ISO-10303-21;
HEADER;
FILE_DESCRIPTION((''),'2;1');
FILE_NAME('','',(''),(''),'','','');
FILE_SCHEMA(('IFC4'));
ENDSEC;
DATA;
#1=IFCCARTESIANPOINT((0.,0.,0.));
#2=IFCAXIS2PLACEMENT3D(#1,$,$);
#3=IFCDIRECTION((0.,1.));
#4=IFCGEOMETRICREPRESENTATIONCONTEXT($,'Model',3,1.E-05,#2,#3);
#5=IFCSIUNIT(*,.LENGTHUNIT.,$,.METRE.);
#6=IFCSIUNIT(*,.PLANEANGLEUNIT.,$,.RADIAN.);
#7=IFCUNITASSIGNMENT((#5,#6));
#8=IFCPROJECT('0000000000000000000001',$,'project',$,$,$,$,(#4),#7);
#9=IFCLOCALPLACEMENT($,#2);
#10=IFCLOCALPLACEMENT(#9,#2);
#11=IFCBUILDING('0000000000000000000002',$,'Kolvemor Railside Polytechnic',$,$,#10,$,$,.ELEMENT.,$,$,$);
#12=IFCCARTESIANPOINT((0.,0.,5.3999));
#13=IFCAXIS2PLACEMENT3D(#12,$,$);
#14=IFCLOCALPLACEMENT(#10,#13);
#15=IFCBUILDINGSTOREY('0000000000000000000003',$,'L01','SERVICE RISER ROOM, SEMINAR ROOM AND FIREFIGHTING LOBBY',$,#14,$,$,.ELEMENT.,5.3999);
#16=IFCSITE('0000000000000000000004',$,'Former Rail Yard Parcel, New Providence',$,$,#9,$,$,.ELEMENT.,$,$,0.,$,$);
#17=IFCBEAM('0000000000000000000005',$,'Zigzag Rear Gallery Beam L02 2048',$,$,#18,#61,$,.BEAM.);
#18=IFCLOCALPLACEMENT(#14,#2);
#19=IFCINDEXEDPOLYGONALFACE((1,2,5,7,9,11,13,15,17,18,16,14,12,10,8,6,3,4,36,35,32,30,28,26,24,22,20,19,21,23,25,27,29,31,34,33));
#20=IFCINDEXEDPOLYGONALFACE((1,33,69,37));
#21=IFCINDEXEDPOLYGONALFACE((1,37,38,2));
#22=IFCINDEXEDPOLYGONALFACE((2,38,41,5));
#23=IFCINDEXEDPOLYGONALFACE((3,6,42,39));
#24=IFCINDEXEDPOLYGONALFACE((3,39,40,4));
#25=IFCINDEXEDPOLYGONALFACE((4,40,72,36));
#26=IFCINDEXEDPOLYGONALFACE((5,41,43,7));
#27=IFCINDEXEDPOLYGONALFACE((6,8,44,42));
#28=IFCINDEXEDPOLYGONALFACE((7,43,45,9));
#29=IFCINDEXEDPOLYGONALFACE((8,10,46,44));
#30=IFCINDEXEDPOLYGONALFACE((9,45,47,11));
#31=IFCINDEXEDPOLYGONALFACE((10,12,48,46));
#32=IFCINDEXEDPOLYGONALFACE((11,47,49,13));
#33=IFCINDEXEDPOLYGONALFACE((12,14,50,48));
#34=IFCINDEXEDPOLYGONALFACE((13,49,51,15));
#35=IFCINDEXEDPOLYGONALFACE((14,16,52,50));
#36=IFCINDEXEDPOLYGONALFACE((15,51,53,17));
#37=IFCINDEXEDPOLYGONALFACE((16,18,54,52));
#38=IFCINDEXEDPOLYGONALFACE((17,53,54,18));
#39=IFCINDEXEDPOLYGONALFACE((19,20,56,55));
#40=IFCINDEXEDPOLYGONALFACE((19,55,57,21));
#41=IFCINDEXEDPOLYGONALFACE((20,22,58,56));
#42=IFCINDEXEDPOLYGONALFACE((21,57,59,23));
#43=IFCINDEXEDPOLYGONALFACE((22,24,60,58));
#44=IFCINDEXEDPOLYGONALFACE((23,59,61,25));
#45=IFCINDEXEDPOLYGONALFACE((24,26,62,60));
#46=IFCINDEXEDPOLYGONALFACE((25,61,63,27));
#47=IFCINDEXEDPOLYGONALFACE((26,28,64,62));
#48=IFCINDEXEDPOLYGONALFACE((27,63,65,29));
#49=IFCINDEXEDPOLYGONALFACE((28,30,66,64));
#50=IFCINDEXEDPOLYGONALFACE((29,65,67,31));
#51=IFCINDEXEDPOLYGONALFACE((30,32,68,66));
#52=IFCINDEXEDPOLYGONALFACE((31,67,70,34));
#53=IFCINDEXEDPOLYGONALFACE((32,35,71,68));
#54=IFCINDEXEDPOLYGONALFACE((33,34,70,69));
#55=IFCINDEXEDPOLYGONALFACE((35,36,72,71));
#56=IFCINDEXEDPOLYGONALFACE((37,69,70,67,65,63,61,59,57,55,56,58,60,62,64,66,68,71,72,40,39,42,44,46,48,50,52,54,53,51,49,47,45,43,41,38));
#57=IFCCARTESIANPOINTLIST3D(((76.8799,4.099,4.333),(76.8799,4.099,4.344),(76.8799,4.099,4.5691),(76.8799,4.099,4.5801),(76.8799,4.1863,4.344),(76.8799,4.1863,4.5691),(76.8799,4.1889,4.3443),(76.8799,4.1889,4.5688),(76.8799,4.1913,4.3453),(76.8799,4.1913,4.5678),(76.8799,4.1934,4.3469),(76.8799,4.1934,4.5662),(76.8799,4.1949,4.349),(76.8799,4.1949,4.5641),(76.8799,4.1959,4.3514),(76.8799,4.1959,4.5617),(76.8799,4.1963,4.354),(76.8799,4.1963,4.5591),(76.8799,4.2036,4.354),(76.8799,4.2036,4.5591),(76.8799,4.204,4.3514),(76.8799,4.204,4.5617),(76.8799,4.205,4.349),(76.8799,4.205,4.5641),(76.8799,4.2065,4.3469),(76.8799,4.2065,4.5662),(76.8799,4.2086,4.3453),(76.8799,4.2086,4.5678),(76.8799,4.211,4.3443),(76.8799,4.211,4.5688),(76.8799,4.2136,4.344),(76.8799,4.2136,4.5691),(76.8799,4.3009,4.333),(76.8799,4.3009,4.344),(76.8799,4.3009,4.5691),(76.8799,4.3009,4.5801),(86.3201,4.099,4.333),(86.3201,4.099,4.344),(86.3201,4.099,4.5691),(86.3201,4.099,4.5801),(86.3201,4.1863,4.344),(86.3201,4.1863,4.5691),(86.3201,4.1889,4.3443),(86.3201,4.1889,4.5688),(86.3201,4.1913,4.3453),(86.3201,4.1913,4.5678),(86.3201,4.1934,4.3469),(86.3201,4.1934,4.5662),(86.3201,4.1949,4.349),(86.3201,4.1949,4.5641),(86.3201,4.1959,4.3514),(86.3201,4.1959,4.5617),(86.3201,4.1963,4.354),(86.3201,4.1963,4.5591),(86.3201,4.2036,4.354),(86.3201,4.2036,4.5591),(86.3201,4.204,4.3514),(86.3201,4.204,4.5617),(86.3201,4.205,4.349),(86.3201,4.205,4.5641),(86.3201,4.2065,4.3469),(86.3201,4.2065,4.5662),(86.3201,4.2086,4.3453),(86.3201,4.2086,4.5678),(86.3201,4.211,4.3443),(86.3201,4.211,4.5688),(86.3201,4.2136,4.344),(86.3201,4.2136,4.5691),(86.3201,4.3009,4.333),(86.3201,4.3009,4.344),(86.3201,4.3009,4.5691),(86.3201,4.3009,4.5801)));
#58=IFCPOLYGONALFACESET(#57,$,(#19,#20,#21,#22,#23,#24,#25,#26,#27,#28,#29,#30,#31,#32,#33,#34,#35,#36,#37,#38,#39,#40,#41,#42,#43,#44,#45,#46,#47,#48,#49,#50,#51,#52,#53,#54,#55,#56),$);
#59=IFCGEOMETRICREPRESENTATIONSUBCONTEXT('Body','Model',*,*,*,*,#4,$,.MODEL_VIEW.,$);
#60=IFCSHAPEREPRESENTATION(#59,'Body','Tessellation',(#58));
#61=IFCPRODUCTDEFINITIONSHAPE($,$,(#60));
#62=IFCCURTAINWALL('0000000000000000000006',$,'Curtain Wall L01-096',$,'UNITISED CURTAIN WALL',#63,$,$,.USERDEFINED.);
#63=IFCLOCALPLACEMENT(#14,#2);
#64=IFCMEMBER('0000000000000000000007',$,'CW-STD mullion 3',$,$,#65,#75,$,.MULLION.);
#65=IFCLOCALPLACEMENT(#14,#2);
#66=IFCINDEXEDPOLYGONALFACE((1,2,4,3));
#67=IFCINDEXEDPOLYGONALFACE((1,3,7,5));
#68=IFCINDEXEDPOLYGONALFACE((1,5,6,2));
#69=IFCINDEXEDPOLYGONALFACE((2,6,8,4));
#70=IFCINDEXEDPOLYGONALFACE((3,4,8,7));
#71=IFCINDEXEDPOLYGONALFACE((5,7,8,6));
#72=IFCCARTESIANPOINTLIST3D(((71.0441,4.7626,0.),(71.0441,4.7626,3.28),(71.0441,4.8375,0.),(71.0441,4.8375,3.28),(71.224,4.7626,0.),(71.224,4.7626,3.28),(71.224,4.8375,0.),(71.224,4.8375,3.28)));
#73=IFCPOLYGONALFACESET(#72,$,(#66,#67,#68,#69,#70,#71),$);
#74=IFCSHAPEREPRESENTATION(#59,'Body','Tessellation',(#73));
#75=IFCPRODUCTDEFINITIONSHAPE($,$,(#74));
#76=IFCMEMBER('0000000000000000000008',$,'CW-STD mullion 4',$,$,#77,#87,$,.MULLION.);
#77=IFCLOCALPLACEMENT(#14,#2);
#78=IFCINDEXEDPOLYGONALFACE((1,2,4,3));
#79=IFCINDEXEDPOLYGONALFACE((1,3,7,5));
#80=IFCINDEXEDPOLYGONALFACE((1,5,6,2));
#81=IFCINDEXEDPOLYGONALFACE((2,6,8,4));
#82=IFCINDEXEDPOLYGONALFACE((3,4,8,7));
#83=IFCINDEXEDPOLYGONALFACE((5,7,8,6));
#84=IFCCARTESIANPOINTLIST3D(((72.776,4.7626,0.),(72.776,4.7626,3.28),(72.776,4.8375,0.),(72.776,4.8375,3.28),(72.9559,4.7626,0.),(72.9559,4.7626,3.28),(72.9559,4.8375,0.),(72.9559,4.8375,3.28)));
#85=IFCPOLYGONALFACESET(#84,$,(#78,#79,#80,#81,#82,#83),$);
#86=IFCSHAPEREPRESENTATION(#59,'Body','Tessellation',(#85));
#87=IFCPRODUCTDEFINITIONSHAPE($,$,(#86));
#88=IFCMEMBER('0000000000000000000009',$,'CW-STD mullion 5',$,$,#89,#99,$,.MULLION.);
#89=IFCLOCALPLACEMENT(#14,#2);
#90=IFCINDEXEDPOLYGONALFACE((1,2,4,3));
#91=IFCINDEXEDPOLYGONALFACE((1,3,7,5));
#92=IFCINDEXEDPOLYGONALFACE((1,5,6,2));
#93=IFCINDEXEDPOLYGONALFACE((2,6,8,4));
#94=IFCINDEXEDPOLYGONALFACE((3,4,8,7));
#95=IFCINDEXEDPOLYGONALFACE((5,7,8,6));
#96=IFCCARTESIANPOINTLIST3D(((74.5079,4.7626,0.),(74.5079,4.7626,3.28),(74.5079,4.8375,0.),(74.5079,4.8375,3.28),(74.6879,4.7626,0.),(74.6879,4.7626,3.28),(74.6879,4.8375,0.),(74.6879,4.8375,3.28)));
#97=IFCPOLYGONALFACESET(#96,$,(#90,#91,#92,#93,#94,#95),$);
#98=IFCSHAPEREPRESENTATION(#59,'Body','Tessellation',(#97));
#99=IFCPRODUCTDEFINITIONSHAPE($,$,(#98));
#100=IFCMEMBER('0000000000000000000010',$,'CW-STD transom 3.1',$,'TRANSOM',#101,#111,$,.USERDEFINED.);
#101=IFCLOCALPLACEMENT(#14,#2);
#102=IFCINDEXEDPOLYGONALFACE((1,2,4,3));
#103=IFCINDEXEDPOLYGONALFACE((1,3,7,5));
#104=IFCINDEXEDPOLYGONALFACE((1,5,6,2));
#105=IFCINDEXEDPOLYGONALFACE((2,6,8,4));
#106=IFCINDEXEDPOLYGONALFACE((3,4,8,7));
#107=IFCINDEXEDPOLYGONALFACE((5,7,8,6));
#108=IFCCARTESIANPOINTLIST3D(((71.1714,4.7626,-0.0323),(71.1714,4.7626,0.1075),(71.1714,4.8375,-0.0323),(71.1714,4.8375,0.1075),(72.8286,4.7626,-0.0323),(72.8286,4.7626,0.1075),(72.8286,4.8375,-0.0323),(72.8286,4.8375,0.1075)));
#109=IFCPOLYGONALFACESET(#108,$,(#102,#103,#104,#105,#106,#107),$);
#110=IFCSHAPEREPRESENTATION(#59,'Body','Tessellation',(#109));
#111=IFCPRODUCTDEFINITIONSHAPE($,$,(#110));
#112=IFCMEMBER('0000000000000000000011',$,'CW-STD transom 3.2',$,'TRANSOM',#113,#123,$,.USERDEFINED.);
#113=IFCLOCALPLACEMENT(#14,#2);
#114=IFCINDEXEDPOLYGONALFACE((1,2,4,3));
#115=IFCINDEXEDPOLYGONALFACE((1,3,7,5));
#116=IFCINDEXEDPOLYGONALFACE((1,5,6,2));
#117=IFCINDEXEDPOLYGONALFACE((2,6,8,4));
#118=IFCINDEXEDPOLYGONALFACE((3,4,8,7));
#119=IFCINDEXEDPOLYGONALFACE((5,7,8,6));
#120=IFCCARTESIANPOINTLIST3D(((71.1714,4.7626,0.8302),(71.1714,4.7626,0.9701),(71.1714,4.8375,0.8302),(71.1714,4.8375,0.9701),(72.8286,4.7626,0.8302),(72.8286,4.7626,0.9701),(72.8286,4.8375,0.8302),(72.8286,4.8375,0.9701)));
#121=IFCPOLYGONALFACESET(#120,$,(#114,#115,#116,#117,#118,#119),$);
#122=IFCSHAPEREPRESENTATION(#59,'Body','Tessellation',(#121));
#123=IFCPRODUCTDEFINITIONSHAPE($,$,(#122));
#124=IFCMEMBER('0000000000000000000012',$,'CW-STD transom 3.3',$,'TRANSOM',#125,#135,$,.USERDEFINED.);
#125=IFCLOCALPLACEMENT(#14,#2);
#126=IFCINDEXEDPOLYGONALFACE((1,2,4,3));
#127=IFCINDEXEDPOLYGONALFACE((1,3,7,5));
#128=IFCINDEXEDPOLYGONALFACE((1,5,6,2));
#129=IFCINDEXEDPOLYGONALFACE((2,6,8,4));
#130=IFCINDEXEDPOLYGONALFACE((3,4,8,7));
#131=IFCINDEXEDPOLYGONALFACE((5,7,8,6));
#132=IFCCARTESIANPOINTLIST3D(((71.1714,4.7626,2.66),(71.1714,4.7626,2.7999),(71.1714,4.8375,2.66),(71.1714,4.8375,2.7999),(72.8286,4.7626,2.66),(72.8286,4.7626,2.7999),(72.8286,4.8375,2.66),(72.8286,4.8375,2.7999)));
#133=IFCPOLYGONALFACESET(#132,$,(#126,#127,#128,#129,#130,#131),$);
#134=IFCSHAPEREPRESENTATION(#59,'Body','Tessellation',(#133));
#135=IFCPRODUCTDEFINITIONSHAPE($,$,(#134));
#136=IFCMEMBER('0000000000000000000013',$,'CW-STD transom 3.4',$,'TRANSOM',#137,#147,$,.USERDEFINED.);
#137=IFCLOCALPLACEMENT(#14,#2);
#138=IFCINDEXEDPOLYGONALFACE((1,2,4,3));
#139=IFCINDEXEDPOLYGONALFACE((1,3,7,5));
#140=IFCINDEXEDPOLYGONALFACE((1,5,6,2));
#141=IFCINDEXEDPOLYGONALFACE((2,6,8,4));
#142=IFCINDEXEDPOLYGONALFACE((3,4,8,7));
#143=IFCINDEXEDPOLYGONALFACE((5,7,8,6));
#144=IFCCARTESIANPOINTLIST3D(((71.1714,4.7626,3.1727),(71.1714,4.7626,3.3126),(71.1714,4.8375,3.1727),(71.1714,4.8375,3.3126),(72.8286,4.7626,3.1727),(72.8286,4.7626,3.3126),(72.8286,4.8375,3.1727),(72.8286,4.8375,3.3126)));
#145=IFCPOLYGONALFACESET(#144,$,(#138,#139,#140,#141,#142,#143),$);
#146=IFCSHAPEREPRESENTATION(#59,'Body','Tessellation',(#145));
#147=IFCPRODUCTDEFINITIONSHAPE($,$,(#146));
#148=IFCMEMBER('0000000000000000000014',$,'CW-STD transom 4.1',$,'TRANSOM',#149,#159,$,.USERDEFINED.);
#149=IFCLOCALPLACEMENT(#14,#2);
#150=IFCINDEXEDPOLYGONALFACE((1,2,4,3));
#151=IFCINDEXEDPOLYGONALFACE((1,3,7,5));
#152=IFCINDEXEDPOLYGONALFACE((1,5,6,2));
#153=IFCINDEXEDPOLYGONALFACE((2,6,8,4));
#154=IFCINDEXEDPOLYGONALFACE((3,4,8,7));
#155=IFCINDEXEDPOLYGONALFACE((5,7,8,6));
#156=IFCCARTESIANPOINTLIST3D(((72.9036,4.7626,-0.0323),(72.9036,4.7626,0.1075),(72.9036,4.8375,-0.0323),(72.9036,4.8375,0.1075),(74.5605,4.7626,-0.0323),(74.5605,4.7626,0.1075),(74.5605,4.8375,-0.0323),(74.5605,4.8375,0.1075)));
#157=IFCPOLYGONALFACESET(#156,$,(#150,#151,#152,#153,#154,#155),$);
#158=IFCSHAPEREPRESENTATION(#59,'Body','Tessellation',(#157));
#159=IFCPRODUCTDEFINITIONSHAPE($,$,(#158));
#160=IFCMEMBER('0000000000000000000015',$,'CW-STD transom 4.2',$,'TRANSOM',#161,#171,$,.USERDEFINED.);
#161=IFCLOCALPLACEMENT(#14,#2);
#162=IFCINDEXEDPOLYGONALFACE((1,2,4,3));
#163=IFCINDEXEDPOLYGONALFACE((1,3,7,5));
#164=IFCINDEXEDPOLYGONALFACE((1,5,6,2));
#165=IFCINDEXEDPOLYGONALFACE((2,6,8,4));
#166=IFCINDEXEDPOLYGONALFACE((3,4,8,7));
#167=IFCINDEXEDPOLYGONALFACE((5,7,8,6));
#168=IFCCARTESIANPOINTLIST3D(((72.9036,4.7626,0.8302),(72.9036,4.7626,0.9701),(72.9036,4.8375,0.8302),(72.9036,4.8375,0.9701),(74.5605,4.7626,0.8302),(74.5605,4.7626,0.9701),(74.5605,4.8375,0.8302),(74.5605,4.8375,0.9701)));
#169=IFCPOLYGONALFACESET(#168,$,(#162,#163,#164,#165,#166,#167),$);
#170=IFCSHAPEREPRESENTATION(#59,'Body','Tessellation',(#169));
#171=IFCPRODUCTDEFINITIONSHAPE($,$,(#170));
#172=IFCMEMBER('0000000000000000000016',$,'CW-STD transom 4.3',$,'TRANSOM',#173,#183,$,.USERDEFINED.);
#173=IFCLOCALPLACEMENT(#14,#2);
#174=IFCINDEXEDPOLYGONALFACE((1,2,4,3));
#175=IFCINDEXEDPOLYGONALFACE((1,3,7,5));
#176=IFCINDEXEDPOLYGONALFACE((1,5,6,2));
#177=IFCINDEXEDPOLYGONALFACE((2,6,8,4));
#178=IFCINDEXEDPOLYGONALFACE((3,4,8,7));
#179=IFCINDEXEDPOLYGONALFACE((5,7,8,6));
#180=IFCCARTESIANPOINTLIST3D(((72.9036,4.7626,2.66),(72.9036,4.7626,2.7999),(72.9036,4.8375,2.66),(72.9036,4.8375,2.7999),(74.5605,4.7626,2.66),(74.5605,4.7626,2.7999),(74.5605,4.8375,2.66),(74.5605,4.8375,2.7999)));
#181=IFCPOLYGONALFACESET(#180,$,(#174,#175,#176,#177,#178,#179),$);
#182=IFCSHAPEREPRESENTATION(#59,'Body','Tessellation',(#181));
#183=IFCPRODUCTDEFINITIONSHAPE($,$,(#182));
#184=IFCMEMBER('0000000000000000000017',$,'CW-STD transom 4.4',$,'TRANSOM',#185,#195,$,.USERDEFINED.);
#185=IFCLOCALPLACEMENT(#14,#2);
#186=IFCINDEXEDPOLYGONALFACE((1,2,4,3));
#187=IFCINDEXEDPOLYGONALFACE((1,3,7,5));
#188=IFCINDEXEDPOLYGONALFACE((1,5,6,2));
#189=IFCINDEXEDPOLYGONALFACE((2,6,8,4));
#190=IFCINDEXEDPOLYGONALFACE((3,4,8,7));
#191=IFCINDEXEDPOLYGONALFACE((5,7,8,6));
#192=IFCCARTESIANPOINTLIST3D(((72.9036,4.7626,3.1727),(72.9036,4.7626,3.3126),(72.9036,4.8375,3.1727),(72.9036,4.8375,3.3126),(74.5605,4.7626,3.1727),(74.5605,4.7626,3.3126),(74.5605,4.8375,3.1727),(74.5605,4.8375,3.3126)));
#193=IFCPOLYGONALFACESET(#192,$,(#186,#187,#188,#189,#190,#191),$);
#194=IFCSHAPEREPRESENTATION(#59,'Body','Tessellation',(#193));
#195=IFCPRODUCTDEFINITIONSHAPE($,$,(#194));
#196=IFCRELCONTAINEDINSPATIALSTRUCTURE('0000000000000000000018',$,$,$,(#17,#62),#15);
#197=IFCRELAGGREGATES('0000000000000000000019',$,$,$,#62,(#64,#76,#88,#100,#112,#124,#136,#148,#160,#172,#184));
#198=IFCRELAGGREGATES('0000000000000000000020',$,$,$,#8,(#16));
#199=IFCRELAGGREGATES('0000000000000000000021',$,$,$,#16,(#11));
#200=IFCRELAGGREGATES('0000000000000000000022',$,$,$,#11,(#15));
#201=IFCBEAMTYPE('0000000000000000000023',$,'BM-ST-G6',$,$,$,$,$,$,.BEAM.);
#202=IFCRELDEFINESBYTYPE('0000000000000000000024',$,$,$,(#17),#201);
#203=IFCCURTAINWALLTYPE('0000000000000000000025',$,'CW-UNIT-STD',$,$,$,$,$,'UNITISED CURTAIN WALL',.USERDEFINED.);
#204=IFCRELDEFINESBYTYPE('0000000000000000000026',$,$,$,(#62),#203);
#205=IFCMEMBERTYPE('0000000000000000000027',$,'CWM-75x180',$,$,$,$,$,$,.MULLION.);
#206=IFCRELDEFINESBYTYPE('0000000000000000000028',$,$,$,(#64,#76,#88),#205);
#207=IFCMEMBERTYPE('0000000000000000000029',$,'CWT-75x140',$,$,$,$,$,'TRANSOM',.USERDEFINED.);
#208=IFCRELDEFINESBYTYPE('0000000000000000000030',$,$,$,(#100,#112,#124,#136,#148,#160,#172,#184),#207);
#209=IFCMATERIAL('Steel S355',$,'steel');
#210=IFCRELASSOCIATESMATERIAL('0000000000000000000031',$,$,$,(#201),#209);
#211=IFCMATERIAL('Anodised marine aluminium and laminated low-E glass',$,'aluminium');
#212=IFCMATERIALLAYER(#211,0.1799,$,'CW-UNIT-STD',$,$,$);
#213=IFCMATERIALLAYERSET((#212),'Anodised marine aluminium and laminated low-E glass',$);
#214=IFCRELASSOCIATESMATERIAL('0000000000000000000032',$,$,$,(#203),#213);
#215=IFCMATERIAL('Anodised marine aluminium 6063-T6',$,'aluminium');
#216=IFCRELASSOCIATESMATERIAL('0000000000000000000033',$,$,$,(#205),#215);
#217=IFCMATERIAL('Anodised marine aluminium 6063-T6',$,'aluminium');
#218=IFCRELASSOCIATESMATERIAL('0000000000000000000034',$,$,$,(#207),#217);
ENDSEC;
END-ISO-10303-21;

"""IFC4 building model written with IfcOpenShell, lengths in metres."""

from ifc_helpers import new_model, si_unit, direction, frame, origin, origin_2d, place, context, subcontext, project, spatial, rectangle, i_section, extrude, material, layer, layer_set, material_profile, profile_set, type_object, element, aggregate, save


model = new_model("IFC4")

# Units and contexts
model_context = context("Model", 3, precision=1e-05, world=origin(), true_north=direction((0.0, 1.0)))
body_context = subcontext(model_context, "Body", "Model", "MODEL_VIEW")
ifc_project = project(units=[si_unit("LENGTHUNIT", "METRE"), si_unit("PLANEANGLEUNIT", "RADIAN")], contexts=[model_context])

# Site, building, storey
site_placement = place(None, origin())
site = spatial("IfcSite", under=ifc_project, at=site_placement, Name="Former Rail Yard Parcel, New Providence", CompositionType="ELEMENT", RefElevation=0.0)
building_placement = place(site_placement, origin())
building = spatial("IfcBuilding", under=site, at=building_placement, Name="Kolvemor Railside Polytechnic", CompositionType="ELEMENT")
storey_placement = place(building_placement, frame((0.0, 0.0, 5.3999)))
storey = spatial("IfcBuildingStorey", under=building, at=storey_placement, Name="L01", Description="SERVICE RISER ROOM, SEMINAR ROOM AND FIREFIGHTING LOBBY", CompositionType="ELEMENT", Elevation=5.3999)

# Beam
ifc_material_1 = material(Name="Steel S355", Category="steel")
ifc_material_profile_1 = material_profile(ifc_material_1, i_section(OverallWidth=0.2019, OverallDepth=0.2471, WebThickness=0.0073, FlangeThickness=0.011, FilletRadius=0.01, at=origin_2d()), Name="W250x49")
ifc_profile_set_1 = profile_set([ifc_material_profile_1], Name="Steel S355")
beam_type_1 = type_object("IfcBeamType", Name="BM-ST-G6", PredefinedType="BEAM", material=ifc_profile_set_1)
beam_1_placement = place(storey_placement, frame((76.8799, 4.2, 4.4565), z_axis=(1.0, 0.0, 0.0), x_axis=(0.0, 1.0, 0.0)))
element("IfcBeam", 1, at=beam_1_placement, inside=storey, type_object=beam_type_1, Name="Zigzag Rear Gallery Beam L02 2048", PredefinedType="BEAM", context=body_context, shape_type="SweptSolid", body=[
    extrude(i_section(OverallWidth=0.2019, OverallDepth=0.2471, WebThickness=0.0073, FlangeThickness=0.011, FilletRadius=0.01, at=origin_2d()), origin(), (0.0, 0.0, 1.0), 9.4402),
])

# Curtain wall, members
ifc_material_2 = material(Name="Anodised marine aluminium and laminated low-E glass", Category="aluminium")
ifc_layer_1 = layer(ifc_material_2, 0.1799, Name="CW-UNIT-STD")
ifc_layer_set_1 = layer_set([ifc_layer_1], Name="Anodised marine aluminium and laminated low-E glass")
curtain_wall_type = type_object("IfcCurtainWallType", Name="CW-UNIT-STD", ElementType="UNITISED CURTAIN WALL", PredefinedType="USERDEFINED", material=ifc_layer_set_1)
curtain_wall_placement = place(storey_placement, origin())
curtain_wall = element("IfcCurtainWall", 2, at=curtain_wall_placement, inside=storey, type_object=curtain_wall_type, Name="Curtain Wall L01-096", ObjectType="UNITISED CURTAIN WALL", PredefinedType="USERDEFINED")
ifc_material_3 = material(Name="Anodised marine aluminium 6063-T6", Category="aluminium")
ifc_material_profile_2 = material_profile(ifc_material_3, rectangle(XDim=0.075, YDim=0.1799, at=origin_2d()), Name="CW-MUL-75x180")
ifc_profile_set_2 = profile_set([ifc_material_profile_2], Name="Anodised marine aluminium 6063-T6")
member_type_1 = type_object("IfcMemberType", Name="CWM-75x180", PredefinedType="MULLION", material=ifc_profile_set_2)
member_1_placement = place(storey_placement, frame((71.134, 4.8, 0.0), z_axis=(0.0, 0.0, 1.0), x_axis=(0.0, 1.0, 0.0)))
member_1 = element("IfcMember", 3, at=member_1_placement, type_object=member_type_1, Name="CW-STD mullion 3", PredefinedType="MULLION", context=body_context, shape_type="SweptSolid", body=[
    extrude(rectangle(XDim=0.075, YDim=0.1799, at=origin_2d()), origin(), (0.0, 0.0, 1.0), 3.28),
])
member_2_placement = place(storey_placement, frame((72.866, 4.8, 0.0), z_axis=(0.0, 0.0, 1.0), x_axis=(0.0, 1.0, 0.0)))
member_2 = element("IfcMember", 4, at=member_2_placement, type_object=member_type_1, Name="CW-STD mullion 4", PredefinedType="MULLION", context=body_context, shape_type="SweptSolid", body=[
    extrude(rectangle(XDim=0.075, YDim=0.1799, at=origin_2d()), origin(), (0.0, 0.0, 1.0), 3.28),
])
member_3_placement = place(storey_placement, frame((74.5979, 4.8, 0.0), z_axis=(0.0, 0.0, 1.0), x_axis=(0.0, 1.0, 0.0)))
member_3 = element("IfcMember", 5, at=member_3_placement, type_object=member_type_1, Name="CW-STD mullion 5", PredefinedType="MULLION", context=body_context, shape_type="SweptSolid", body=[
    extrude(rectangle(XDim=0.075, YDim=0.1799, at=origin_2d()), origin(), (0.0, 0.0, 1.0), 3.28),
])
ifc_material_4 = material(Name="Anodised marine aluminium 6063-T6", Category="aluminium")
ifc_material_profile_3 = material_profile(ifc_material_4, rectangle(XDim=0.075, YDim=0.1399, at=origin_2d()), Name="CW-TRN-75x140")
ifc_profile_set_3 = profile_set([ifc_material_profile_3], Name="Anodised marine aluminium 6063-T6")
member_type_2 = type_object("IfcMemberType", Name="CWT-75x140", ElementType="TRANSOM", PredefinedType="USERDEFINED", material=ifc_profile_set_3)
member_4_placement = place(storey_placement, frame((71.1714, 4.8, 0.0376), z_axis=(1.0, 0.0, 0.0), x_axis=(0.0, 1.0, 0.0)))
member_4 = element("IfcMember", 6, at=member_4_placement, type_object=member_type_2, Name="CW-STD transom 3.1", ObjectType="TRANSOM", PredefinedType="USERDEFINED", context=body_context, shape_type="SweptSolid", body=[
    extrude(rectangle(XDim=0.075, YDim=0.1399, at=origin_2d()), origin(), (0.0, 0.0, 1.0), 1.6572),
])
member_5_placement = place(storey_placement, frame((71.1714, 4.8, 0.9001), z_axis=(1.0, 0.0, 0.0), x_axis=(0.0, 1.0, 0.0)))
member_5 = element("IfcMember", 7, at=member_5_placement, type_object=member_type_2, Name="CW-STD transom 3.2", ObjectType="TRANSOM", PredefinedType="USERDEFINED", context=body_context, shape_type="SweptSolid", body=[
    extrude(rectangle(XDim=0.075, YDim=0.1399, at=origin_2d()), origin(), (0.0, 0.0, 1.0), 1.6572),
])
member_6_placement = place(storey_placement, frame((71.1714, 4.8, 2.73), z_axis=(1.0, 0.0, 0.0), x_axis=(0.0, 1.0, 0.0)))
member_6 = element("IfcMember", 8, at=member_6_placement, type_object=member_type_2, Name="CW-STD transom 3.3", ObjectType="TRANSOM", PredefinedType="USERDEFINED", context=body_context, shape_type="SweptSolid", body=[
    extrude(rectangle(XDim=0.075, YDim=0.1399, at=origin_2d()), origin(), (0.0, 0.0, 1.0), 1.6572),
])
member_7_placement = place(storey_placement, frame((71.1714, 4.8, 3.2427), z_axis=(1.0, 0.0, 0.0), x_axis=(0.0, 1.0, 0.0)))
member_7 = element("IfcMember", 9, at=member_7_placement, type_object=member_type_2, Name="CW-STD transom 3.4", ObjectType="TRANSOM", PredefinedType="USERDEFINED", context=body_context, shape_type="SweptSolid", body=[
    extrude(rectangle(XDim=0.075, YDim=0.1399, at=origin_2d()), origin(), (0.0, 0.0, 1.0), 1.6572),
])
member_8_placement = place(storey_placement, frame((72.9036, 4.8, 0.0376), z_axis=(1.0, 0.0, 0.0), x_axis=(0.0, 1.0, 0.0)))
member_8 = element("IfcMember", 10, at=member_8_placement, type_object=member_type_2, Name="CW-STD transom 4.1", ObjectType="TRANSOM", PredefinedType="USERDEFINED", context=body_context, shape_type="SweptSolid", body=[
    extrude(rectangle(XDim=0.075, YDim=0.1399, at=origin_2d()), origin(), (0.0, 0.0, 1.0), 1.657),
])
member_9_placement = place(storey_placement, frame((72.9036, 4.8, 0.9001), z_axis=(1.0, 0.0, 0.0), x_axis=(0.0, 1.0, 0.0)))
member_9 = element("IfcMember", 11, at=member_9_placement, type_object=member_type_2, Name="CW-STD transom 4.2", ObjectType="TRANSOM", PredefinedType="USERDEFINED", context=body_context, shape_type="SweptSolid", body=[
    extrude(rectangle(XDim=0.075, YDim=0.1399, at=origin_2d()), origin(), (0.0, 0.0, 1.0), 1.657),
])
member_10_placement = place(storey_placement, frame((72.9036, 4.8, 2.73), z_axis=(1.0, 0.0, 0.0), x_axis=(0.0, 1.0, 0.0)))
member_10 = element("IfcMember", 12, at=member_10_placement, type_object=member_type_2, Name="CW-STD transom 4.3", ObjectType="TRANSOM", PredefinedType="USERDEFINED", context=body_context, shape_type="SweptSolid", body=[
    extrude(rectangle(XDim=0.075, YDim=0.1399, at=origin_2d()), origin(), (0.0, 0.0, 1.0), 1.657),
])
member_11_placement = place(storey_placement, frame((72.9036, 4.8, 3.2427), z_axis=(1.0, 0.0, 0.0), x_axis=(0.0, 1.0, 0.0)))
member_11 = element("IfcMember", 13, at=member_11_placement, type_object=member_type_2, Name="CW-STD transom 4.4", ObjectType="TRANSOM", PredefinedType="USERDEFINED", context=body_context, shape_type="SweptSolid", body=[
    extrude(rectangle(XDim=0.075, YDim=0.1399, at=origin_2d()), origin(), (0.0, 0.0, 1.0), 1.657),
])
aggregate(curtain_wall, [member_1, member_2, member_3, member_4, member_5, member_6, member_7, member_8, member_9, member_10, member_11])

save(model, "model.ifc")
